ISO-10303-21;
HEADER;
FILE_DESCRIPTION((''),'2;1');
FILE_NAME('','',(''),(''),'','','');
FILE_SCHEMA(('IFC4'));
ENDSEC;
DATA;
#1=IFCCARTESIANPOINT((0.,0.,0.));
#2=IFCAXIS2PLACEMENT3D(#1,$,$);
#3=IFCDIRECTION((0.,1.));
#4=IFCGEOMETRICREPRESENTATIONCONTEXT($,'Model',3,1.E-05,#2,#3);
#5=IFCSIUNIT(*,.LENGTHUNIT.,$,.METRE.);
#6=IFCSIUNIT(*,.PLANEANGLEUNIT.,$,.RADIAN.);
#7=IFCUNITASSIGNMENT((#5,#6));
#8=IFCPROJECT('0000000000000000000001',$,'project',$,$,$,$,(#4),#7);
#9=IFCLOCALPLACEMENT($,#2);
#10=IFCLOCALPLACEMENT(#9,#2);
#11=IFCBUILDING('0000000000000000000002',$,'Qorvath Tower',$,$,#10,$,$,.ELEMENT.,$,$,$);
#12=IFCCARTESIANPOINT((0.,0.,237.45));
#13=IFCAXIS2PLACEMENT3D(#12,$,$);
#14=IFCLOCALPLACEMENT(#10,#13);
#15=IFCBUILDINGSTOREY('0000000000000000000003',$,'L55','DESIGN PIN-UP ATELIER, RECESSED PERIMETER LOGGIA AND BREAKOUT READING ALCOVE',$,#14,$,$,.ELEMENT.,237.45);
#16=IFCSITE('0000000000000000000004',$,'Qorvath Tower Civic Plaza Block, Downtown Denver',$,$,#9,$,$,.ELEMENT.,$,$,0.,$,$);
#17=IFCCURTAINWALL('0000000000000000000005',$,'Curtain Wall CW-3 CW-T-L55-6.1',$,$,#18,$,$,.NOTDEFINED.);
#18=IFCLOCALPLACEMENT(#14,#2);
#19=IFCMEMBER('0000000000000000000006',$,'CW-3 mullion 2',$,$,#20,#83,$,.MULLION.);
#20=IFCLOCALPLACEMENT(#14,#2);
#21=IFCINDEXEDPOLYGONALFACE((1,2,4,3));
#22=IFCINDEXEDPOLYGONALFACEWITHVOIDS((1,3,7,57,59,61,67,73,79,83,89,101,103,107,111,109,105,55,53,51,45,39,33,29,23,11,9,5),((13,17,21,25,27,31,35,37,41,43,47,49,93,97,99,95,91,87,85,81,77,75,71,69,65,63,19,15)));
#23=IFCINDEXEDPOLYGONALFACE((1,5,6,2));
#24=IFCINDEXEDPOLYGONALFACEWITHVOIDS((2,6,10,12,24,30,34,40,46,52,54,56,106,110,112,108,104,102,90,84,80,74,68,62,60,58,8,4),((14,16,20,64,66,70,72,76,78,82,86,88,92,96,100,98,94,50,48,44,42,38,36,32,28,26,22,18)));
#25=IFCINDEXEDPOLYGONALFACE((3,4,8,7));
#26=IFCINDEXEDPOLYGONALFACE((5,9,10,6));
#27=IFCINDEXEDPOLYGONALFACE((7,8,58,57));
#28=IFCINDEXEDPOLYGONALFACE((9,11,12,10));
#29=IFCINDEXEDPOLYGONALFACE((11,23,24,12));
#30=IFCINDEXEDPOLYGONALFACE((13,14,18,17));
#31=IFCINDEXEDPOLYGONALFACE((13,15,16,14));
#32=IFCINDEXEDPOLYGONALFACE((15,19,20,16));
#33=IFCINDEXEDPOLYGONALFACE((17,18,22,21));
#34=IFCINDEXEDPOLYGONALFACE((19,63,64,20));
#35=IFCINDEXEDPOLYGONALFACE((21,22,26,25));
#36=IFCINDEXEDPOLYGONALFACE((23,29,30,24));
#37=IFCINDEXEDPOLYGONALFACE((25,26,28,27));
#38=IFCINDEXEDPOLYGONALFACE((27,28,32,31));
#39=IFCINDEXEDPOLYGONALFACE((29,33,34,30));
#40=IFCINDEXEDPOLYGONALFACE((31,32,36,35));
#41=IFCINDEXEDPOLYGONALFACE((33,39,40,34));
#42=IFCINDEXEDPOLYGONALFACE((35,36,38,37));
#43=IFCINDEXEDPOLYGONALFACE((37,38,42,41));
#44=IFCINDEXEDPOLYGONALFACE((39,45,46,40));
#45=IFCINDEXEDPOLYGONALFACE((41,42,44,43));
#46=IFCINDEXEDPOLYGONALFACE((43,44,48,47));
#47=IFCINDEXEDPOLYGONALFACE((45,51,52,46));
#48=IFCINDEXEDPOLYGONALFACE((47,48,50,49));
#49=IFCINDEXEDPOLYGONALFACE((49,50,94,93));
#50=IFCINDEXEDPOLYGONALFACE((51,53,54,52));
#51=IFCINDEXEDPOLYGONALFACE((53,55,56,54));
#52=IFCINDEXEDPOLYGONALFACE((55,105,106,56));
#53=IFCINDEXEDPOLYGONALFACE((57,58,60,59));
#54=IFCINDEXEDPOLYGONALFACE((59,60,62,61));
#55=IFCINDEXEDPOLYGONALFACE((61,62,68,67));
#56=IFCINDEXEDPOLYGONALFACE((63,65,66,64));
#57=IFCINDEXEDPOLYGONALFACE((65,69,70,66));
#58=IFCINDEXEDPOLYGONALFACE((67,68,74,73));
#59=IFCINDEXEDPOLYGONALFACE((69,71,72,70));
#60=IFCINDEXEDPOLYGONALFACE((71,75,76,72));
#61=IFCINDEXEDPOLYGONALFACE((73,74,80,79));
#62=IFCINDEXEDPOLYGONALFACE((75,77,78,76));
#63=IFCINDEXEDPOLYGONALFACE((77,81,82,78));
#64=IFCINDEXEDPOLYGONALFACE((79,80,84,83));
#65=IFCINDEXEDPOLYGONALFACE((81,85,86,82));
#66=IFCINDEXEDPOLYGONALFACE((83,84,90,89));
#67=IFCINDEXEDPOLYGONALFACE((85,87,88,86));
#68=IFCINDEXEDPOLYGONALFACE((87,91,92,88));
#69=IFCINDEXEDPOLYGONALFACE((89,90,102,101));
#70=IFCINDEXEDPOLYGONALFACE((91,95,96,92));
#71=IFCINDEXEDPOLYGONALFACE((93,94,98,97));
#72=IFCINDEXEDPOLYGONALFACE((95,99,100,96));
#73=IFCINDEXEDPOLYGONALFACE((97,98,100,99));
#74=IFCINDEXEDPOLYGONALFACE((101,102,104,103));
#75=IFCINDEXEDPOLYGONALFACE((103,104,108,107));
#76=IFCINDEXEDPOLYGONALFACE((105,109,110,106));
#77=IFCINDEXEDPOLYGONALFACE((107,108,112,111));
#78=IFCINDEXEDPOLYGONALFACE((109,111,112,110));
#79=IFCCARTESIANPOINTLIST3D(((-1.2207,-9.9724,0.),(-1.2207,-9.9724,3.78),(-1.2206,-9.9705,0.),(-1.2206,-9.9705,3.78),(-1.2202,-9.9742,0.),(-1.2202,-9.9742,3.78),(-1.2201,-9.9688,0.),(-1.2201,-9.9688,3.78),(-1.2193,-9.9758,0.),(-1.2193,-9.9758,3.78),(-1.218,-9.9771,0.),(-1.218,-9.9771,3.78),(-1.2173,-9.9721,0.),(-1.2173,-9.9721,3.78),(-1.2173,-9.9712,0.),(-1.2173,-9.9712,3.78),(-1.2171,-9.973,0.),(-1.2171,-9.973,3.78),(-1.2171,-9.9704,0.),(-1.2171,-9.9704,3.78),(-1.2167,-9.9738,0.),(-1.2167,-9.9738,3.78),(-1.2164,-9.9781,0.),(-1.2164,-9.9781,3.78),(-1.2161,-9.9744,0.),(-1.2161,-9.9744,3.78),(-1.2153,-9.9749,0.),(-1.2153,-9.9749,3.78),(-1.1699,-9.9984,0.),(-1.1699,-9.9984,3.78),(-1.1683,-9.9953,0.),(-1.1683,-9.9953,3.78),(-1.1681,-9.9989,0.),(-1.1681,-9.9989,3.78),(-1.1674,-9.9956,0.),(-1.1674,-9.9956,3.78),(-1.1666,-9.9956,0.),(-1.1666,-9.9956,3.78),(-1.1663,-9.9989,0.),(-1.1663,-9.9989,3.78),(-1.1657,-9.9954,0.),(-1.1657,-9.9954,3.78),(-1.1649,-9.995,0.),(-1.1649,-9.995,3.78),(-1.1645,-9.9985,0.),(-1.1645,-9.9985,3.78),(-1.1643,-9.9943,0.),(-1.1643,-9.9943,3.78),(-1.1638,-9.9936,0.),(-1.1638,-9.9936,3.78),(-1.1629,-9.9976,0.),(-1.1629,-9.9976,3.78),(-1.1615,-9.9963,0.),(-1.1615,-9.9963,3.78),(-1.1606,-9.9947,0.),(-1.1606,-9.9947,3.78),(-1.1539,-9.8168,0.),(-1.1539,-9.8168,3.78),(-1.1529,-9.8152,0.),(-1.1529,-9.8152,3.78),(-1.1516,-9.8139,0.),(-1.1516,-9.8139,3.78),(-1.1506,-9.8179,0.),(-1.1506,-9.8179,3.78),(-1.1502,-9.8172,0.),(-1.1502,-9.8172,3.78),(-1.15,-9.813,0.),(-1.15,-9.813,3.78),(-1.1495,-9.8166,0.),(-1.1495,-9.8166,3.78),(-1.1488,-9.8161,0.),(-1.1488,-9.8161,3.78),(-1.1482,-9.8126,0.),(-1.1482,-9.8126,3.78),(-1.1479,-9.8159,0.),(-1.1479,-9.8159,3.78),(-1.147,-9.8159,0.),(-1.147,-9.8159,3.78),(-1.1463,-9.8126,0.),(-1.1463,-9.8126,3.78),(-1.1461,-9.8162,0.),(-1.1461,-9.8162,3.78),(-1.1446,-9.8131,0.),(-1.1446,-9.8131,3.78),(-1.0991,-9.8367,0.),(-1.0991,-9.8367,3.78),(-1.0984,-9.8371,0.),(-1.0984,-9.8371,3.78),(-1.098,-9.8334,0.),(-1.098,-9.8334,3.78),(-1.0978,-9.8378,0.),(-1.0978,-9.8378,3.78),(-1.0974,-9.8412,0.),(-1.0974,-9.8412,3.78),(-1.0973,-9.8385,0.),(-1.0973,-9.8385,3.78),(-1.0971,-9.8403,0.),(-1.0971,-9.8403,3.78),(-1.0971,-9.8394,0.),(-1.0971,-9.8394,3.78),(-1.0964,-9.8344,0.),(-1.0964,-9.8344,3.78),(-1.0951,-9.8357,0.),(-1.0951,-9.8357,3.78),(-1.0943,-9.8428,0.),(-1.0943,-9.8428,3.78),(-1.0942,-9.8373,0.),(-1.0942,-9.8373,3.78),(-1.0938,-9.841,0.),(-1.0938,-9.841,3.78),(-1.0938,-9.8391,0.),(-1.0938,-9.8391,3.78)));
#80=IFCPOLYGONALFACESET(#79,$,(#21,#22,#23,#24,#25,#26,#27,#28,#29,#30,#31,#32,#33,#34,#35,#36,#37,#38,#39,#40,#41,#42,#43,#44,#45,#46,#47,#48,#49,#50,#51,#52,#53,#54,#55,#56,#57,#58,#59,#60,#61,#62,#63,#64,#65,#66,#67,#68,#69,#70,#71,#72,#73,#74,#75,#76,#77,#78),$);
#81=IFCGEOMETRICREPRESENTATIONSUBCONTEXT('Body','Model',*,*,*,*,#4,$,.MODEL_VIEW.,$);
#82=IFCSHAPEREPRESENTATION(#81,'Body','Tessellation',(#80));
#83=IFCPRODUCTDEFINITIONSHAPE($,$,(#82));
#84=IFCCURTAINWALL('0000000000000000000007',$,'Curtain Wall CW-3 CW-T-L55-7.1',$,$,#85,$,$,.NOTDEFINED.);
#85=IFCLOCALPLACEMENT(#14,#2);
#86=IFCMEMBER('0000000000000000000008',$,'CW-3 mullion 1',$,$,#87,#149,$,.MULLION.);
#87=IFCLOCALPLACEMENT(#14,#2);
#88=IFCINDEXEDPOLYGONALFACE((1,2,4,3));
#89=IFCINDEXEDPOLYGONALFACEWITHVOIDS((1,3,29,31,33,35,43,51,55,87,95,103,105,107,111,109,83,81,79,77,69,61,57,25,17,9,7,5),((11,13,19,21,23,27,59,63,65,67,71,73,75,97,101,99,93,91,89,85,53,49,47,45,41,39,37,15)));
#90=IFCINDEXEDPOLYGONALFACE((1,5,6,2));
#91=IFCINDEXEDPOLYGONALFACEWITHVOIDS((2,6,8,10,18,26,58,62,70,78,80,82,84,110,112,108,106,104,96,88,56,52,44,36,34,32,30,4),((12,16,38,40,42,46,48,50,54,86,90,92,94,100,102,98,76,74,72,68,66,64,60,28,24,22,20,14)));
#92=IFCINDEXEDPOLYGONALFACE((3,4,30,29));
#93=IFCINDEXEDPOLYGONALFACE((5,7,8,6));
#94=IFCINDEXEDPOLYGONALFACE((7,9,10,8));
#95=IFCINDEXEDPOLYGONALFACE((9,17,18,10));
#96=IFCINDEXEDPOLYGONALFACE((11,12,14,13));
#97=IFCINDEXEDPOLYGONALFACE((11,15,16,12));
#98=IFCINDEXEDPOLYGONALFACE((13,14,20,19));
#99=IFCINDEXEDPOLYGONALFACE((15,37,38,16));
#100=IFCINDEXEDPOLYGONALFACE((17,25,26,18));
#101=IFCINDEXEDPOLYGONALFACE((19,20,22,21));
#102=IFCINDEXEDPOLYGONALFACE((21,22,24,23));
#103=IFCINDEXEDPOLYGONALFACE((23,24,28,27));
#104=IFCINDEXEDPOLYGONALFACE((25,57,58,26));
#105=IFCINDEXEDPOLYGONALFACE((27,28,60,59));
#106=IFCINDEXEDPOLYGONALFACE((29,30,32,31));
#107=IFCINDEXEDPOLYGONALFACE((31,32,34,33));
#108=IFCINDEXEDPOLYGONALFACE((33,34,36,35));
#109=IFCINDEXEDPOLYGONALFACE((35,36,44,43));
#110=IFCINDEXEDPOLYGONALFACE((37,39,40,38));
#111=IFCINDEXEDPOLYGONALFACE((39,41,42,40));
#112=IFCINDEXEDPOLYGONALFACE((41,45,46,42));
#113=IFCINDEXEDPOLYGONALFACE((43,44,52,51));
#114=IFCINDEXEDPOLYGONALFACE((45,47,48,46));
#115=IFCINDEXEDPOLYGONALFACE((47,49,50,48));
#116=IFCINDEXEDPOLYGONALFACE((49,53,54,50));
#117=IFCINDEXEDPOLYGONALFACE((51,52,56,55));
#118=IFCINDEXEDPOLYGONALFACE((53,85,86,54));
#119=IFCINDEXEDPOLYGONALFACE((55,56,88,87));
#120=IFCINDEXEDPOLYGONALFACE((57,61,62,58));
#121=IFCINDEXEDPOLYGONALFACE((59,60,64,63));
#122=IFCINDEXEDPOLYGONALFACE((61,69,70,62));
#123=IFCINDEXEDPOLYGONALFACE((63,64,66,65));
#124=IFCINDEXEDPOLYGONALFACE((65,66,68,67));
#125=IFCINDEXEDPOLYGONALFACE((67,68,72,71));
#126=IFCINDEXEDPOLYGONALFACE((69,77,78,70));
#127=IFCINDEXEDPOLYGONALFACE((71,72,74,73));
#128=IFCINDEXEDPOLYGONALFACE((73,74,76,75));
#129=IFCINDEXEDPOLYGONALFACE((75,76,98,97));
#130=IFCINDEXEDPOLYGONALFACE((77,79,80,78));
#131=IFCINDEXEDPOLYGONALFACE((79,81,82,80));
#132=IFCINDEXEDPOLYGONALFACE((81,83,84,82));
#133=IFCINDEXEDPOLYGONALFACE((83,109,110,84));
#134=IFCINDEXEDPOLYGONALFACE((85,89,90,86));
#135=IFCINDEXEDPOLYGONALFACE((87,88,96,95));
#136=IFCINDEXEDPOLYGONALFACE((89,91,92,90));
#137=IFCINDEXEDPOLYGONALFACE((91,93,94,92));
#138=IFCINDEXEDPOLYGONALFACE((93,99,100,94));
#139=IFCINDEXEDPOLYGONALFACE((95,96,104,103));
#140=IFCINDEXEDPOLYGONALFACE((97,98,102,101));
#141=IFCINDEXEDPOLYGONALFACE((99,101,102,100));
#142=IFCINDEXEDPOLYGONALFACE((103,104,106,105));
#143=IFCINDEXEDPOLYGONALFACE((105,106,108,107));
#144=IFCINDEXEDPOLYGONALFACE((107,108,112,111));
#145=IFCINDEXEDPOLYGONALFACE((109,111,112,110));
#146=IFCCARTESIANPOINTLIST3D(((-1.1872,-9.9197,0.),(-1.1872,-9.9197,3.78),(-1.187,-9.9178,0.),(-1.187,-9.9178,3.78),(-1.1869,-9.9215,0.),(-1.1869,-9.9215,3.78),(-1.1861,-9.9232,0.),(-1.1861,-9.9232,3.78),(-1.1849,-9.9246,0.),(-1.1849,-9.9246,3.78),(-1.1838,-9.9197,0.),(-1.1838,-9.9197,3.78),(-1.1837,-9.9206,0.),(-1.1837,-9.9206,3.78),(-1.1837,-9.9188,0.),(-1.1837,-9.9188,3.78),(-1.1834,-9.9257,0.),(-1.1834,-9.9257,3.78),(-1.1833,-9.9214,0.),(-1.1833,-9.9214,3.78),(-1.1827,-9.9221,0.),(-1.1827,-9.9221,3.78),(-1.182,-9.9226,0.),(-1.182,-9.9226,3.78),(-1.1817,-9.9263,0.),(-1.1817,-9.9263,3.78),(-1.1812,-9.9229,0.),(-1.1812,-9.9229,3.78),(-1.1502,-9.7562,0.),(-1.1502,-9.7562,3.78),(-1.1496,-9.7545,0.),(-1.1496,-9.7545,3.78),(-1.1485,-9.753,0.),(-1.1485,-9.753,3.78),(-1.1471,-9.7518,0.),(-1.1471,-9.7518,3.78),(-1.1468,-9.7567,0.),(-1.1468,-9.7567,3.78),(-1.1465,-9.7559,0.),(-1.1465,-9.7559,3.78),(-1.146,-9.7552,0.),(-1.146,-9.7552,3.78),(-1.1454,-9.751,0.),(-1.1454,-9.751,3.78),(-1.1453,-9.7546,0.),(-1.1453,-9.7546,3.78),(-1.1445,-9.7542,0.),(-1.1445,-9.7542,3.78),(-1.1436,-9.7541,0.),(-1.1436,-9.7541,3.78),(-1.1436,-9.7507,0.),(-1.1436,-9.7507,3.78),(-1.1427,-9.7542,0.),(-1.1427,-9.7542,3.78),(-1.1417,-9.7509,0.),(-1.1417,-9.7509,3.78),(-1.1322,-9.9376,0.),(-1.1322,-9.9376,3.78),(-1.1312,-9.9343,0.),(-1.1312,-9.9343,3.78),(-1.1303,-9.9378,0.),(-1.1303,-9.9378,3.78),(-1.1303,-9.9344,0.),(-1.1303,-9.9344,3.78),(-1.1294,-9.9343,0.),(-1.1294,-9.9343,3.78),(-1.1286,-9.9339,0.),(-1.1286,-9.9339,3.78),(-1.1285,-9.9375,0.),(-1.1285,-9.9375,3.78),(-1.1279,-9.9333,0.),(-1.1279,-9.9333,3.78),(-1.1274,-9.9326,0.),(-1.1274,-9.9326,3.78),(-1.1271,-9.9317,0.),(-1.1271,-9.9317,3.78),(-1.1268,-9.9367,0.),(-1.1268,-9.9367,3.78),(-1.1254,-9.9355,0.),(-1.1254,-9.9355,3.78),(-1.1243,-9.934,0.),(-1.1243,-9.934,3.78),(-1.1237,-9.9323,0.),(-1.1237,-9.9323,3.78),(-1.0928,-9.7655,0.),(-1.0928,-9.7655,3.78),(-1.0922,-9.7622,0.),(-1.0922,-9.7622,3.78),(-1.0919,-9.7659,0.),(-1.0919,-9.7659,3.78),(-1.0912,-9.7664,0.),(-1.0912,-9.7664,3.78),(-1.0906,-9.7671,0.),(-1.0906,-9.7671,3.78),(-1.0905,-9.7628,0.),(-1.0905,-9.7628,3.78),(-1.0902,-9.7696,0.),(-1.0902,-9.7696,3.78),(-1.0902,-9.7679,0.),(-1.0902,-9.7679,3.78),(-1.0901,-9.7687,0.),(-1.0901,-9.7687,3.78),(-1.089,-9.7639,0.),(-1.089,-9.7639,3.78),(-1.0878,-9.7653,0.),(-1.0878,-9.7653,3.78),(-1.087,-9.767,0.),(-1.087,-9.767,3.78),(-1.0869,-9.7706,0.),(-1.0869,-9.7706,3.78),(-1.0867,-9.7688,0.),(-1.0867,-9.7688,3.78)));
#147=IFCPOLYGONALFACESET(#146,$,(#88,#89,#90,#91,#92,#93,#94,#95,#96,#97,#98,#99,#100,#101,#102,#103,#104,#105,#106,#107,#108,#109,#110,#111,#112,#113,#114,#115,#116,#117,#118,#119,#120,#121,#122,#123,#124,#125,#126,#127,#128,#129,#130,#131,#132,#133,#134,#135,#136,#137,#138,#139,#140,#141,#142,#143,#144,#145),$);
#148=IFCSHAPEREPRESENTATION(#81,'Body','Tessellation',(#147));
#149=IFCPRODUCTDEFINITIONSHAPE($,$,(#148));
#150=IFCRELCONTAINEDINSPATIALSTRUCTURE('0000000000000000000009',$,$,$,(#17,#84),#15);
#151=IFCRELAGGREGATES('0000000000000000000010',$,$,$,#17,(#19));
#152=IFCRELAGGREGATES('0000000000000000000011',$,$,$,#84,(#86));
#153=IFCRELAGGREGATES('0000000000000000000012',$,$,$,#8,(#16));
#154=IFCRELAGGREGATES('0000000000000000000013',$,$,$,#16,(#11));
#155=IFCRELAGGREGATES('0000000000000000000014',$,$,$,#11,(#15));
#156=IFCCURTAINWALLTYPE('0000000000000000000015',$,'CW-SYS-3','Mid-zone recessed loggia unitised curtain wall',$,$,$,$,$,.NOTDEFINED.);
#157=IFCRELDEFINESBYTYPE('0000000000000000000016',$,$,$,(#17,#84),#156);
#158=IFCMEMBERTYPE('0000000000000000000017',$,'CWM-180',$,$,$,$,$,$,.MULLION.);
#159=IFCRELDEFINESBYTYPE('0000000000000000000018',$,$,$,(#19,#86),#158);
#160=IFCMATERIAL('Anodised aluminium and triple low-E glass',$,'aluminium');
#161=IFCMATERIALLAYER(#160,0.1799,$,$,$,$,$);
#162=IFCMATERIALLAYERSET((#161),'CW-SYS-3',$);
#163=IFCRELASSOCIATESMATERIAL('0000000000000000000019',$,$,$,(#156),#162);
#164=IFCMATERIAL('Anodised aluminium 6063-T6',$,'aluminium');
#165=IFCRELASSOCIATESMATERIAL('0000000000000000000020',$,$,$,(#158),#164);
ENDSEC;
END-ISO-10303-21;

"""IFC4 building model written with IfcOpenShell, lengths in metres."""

from ifc_helpers import new_model, si_unit, direction, frame, origin, origin_2d, place, context, subcontext, project, spatial, hollow_rectangle, extrude, material, layer, layer_set, material_profile, profile_set, type_object, element, aggregate, save


model = new_model("IFC4")

# Units and contexts
model_context = context("Model", 3, precision=1e-05, world=origin(), true_north=direction((0.0, 1.0)))
body_context = subcontext(model_context, "Body", "Model", "MODEL_VIEW")
ifc_project = project(units=[si_unit("LENGTHUNIT", "METRE"), si_unit("PLANEANGLEUNIT", "RADIAN")], contexts=[model_context])

# Site, building, storey
site_placement = place(None, origin())
site = spatial("IfcSite", under=ifc_project, at=site_placement, Name="Qorvath Tower Civic Plaza Block, Downtown Denver", CompositionType="ELEMENT", RefElevation=0.0)
building_placement = place(site_placement, origin())
building = spatial("IfcBuilding", under=site, at=building_placement, Name="Qorvath Tower", CompositionType="ELEMENT")
storey_placement = place(building_placement, frame((0.0, 0.0, 237.45)))
storey = spatial("IfcBuildingStorey", under=building, at=storey_placement, Name="L55", Description="DESIGN PIN-UP ATELIER, RECESSED PERIMETER LOGGIA AND BREAKOUT READING ALCOVE", CompositionType="ELEMENT", Elevation=237.45)

# Curtain wall, member
ifc_material_1 = material(Name="Anodised aluminium and triple low-E glass", Category="aluminium")
ifc_layer_1 = layer(ifc_material_1, 0.1799)
ifc_layer_set_1 = layer_set([ifc_layer_1], Name="CW-SYS-3")
curtain_wall_type = type_object("IfcCurtainWallType", Name="CW-SYS-3", Description="Mid-zone recessed loggia unitised curtain wall", PredefinedType="NOTDEFINED", material=ifc_layer_set_1)
curtain_wall_1_placement = place(storey_placement, origin())
curtain_wall_1 = element("IfcCurtainWall", 1, at=curtain_wall_1_placement, inside=storey, type_object=curtain_wall_type, Name="Curtain Wall CW-3 CW-T-L55-6.1", PredefinedType="NOTDEFINED")
ifc_material_2 = material(Name="Anodised aluminium 6063-T6", Category="aluminium")
ifc_material_profile_1 = material_profile(ifc_material_2, hollow_rectangle(XDim=0.0649, YDim=0.1799, WallThickness=0.0034, InnerFilletRadius=0.0034, OuterFilletRadius=0.0071, at=origin_2d()), Name="CWM 180x65")
ifc_profile_set_1 = profile_set([ifc_material_profile_1], Name="Anodised aluminium 6063-T6")
member_type_1 = type_object("IfcMemberType", Name="CWM-180", PredefinedType="MULLION", material=ifc_profile_set_1)
member_1_placement = place(storey_placement, frame((-1.1572, -9.9058, 0.0), z_axis=(0.0, 0.0, 1.0), x_axis=(-0.916729, 0.399511, 0.0)))
member_1 = element("IfcMember", 2, at=member_1_placement, type_object=member_type_1, Name="CW-3 mullion 2", PredefinedType="MULLION", context=body_context, shape_type="SweptSolid", body=[
    extrude(hollow_rectangle(XDim=0.0649, YDim=0.1799, WallThickness=0.0034, InnerFilletRadius=0.0034, OuterFilletRadius=0.0071, at=origin_2d()), origin(), (0.0, 0.0, 1.0), 3.78),
])
aggregate(curtain_wall_1, [member_1])

# Curtain wall, member
curtain_wall_2_placement = place(storey_placement, origin())
curtain_wall_2 = element("IfcCurtainWall", 3, at=curtain_wall_2_placement, inside=storey, type_object=curtain_wall_type, Name="Curtain Wall CW-3 CW-T-L55-7.1", PredefinedType="NOTDEFINED")
member_2_placement = place(storey_placement, frame((-1.137, -9.8442, 0.0), z_axis=(0.0, 0.0, 1.0), x_axis=(-0.975037, 0.222042, 0.0)))
member_2 = element("IfcMember", 4, at=member_2_placement, type_object=member_type_1, Name="CW-3 mullion 1", PredefinedType="MULLION", context=body_context, shape_type="SweptSolid", body=[
    extrude(hollow_rectangle(XDim=0.0649, YDim=0.1799, WallThickness=0.0034, InnerFilletRadius=0.0034, OuterFilletRadius=0.0071, at=origin_2d()), origin(), (0.0, 0.0, 1.0), 3.78),
])
aggregate(curtain_wall_2, [member_2])

save(model, "model.ifc")
